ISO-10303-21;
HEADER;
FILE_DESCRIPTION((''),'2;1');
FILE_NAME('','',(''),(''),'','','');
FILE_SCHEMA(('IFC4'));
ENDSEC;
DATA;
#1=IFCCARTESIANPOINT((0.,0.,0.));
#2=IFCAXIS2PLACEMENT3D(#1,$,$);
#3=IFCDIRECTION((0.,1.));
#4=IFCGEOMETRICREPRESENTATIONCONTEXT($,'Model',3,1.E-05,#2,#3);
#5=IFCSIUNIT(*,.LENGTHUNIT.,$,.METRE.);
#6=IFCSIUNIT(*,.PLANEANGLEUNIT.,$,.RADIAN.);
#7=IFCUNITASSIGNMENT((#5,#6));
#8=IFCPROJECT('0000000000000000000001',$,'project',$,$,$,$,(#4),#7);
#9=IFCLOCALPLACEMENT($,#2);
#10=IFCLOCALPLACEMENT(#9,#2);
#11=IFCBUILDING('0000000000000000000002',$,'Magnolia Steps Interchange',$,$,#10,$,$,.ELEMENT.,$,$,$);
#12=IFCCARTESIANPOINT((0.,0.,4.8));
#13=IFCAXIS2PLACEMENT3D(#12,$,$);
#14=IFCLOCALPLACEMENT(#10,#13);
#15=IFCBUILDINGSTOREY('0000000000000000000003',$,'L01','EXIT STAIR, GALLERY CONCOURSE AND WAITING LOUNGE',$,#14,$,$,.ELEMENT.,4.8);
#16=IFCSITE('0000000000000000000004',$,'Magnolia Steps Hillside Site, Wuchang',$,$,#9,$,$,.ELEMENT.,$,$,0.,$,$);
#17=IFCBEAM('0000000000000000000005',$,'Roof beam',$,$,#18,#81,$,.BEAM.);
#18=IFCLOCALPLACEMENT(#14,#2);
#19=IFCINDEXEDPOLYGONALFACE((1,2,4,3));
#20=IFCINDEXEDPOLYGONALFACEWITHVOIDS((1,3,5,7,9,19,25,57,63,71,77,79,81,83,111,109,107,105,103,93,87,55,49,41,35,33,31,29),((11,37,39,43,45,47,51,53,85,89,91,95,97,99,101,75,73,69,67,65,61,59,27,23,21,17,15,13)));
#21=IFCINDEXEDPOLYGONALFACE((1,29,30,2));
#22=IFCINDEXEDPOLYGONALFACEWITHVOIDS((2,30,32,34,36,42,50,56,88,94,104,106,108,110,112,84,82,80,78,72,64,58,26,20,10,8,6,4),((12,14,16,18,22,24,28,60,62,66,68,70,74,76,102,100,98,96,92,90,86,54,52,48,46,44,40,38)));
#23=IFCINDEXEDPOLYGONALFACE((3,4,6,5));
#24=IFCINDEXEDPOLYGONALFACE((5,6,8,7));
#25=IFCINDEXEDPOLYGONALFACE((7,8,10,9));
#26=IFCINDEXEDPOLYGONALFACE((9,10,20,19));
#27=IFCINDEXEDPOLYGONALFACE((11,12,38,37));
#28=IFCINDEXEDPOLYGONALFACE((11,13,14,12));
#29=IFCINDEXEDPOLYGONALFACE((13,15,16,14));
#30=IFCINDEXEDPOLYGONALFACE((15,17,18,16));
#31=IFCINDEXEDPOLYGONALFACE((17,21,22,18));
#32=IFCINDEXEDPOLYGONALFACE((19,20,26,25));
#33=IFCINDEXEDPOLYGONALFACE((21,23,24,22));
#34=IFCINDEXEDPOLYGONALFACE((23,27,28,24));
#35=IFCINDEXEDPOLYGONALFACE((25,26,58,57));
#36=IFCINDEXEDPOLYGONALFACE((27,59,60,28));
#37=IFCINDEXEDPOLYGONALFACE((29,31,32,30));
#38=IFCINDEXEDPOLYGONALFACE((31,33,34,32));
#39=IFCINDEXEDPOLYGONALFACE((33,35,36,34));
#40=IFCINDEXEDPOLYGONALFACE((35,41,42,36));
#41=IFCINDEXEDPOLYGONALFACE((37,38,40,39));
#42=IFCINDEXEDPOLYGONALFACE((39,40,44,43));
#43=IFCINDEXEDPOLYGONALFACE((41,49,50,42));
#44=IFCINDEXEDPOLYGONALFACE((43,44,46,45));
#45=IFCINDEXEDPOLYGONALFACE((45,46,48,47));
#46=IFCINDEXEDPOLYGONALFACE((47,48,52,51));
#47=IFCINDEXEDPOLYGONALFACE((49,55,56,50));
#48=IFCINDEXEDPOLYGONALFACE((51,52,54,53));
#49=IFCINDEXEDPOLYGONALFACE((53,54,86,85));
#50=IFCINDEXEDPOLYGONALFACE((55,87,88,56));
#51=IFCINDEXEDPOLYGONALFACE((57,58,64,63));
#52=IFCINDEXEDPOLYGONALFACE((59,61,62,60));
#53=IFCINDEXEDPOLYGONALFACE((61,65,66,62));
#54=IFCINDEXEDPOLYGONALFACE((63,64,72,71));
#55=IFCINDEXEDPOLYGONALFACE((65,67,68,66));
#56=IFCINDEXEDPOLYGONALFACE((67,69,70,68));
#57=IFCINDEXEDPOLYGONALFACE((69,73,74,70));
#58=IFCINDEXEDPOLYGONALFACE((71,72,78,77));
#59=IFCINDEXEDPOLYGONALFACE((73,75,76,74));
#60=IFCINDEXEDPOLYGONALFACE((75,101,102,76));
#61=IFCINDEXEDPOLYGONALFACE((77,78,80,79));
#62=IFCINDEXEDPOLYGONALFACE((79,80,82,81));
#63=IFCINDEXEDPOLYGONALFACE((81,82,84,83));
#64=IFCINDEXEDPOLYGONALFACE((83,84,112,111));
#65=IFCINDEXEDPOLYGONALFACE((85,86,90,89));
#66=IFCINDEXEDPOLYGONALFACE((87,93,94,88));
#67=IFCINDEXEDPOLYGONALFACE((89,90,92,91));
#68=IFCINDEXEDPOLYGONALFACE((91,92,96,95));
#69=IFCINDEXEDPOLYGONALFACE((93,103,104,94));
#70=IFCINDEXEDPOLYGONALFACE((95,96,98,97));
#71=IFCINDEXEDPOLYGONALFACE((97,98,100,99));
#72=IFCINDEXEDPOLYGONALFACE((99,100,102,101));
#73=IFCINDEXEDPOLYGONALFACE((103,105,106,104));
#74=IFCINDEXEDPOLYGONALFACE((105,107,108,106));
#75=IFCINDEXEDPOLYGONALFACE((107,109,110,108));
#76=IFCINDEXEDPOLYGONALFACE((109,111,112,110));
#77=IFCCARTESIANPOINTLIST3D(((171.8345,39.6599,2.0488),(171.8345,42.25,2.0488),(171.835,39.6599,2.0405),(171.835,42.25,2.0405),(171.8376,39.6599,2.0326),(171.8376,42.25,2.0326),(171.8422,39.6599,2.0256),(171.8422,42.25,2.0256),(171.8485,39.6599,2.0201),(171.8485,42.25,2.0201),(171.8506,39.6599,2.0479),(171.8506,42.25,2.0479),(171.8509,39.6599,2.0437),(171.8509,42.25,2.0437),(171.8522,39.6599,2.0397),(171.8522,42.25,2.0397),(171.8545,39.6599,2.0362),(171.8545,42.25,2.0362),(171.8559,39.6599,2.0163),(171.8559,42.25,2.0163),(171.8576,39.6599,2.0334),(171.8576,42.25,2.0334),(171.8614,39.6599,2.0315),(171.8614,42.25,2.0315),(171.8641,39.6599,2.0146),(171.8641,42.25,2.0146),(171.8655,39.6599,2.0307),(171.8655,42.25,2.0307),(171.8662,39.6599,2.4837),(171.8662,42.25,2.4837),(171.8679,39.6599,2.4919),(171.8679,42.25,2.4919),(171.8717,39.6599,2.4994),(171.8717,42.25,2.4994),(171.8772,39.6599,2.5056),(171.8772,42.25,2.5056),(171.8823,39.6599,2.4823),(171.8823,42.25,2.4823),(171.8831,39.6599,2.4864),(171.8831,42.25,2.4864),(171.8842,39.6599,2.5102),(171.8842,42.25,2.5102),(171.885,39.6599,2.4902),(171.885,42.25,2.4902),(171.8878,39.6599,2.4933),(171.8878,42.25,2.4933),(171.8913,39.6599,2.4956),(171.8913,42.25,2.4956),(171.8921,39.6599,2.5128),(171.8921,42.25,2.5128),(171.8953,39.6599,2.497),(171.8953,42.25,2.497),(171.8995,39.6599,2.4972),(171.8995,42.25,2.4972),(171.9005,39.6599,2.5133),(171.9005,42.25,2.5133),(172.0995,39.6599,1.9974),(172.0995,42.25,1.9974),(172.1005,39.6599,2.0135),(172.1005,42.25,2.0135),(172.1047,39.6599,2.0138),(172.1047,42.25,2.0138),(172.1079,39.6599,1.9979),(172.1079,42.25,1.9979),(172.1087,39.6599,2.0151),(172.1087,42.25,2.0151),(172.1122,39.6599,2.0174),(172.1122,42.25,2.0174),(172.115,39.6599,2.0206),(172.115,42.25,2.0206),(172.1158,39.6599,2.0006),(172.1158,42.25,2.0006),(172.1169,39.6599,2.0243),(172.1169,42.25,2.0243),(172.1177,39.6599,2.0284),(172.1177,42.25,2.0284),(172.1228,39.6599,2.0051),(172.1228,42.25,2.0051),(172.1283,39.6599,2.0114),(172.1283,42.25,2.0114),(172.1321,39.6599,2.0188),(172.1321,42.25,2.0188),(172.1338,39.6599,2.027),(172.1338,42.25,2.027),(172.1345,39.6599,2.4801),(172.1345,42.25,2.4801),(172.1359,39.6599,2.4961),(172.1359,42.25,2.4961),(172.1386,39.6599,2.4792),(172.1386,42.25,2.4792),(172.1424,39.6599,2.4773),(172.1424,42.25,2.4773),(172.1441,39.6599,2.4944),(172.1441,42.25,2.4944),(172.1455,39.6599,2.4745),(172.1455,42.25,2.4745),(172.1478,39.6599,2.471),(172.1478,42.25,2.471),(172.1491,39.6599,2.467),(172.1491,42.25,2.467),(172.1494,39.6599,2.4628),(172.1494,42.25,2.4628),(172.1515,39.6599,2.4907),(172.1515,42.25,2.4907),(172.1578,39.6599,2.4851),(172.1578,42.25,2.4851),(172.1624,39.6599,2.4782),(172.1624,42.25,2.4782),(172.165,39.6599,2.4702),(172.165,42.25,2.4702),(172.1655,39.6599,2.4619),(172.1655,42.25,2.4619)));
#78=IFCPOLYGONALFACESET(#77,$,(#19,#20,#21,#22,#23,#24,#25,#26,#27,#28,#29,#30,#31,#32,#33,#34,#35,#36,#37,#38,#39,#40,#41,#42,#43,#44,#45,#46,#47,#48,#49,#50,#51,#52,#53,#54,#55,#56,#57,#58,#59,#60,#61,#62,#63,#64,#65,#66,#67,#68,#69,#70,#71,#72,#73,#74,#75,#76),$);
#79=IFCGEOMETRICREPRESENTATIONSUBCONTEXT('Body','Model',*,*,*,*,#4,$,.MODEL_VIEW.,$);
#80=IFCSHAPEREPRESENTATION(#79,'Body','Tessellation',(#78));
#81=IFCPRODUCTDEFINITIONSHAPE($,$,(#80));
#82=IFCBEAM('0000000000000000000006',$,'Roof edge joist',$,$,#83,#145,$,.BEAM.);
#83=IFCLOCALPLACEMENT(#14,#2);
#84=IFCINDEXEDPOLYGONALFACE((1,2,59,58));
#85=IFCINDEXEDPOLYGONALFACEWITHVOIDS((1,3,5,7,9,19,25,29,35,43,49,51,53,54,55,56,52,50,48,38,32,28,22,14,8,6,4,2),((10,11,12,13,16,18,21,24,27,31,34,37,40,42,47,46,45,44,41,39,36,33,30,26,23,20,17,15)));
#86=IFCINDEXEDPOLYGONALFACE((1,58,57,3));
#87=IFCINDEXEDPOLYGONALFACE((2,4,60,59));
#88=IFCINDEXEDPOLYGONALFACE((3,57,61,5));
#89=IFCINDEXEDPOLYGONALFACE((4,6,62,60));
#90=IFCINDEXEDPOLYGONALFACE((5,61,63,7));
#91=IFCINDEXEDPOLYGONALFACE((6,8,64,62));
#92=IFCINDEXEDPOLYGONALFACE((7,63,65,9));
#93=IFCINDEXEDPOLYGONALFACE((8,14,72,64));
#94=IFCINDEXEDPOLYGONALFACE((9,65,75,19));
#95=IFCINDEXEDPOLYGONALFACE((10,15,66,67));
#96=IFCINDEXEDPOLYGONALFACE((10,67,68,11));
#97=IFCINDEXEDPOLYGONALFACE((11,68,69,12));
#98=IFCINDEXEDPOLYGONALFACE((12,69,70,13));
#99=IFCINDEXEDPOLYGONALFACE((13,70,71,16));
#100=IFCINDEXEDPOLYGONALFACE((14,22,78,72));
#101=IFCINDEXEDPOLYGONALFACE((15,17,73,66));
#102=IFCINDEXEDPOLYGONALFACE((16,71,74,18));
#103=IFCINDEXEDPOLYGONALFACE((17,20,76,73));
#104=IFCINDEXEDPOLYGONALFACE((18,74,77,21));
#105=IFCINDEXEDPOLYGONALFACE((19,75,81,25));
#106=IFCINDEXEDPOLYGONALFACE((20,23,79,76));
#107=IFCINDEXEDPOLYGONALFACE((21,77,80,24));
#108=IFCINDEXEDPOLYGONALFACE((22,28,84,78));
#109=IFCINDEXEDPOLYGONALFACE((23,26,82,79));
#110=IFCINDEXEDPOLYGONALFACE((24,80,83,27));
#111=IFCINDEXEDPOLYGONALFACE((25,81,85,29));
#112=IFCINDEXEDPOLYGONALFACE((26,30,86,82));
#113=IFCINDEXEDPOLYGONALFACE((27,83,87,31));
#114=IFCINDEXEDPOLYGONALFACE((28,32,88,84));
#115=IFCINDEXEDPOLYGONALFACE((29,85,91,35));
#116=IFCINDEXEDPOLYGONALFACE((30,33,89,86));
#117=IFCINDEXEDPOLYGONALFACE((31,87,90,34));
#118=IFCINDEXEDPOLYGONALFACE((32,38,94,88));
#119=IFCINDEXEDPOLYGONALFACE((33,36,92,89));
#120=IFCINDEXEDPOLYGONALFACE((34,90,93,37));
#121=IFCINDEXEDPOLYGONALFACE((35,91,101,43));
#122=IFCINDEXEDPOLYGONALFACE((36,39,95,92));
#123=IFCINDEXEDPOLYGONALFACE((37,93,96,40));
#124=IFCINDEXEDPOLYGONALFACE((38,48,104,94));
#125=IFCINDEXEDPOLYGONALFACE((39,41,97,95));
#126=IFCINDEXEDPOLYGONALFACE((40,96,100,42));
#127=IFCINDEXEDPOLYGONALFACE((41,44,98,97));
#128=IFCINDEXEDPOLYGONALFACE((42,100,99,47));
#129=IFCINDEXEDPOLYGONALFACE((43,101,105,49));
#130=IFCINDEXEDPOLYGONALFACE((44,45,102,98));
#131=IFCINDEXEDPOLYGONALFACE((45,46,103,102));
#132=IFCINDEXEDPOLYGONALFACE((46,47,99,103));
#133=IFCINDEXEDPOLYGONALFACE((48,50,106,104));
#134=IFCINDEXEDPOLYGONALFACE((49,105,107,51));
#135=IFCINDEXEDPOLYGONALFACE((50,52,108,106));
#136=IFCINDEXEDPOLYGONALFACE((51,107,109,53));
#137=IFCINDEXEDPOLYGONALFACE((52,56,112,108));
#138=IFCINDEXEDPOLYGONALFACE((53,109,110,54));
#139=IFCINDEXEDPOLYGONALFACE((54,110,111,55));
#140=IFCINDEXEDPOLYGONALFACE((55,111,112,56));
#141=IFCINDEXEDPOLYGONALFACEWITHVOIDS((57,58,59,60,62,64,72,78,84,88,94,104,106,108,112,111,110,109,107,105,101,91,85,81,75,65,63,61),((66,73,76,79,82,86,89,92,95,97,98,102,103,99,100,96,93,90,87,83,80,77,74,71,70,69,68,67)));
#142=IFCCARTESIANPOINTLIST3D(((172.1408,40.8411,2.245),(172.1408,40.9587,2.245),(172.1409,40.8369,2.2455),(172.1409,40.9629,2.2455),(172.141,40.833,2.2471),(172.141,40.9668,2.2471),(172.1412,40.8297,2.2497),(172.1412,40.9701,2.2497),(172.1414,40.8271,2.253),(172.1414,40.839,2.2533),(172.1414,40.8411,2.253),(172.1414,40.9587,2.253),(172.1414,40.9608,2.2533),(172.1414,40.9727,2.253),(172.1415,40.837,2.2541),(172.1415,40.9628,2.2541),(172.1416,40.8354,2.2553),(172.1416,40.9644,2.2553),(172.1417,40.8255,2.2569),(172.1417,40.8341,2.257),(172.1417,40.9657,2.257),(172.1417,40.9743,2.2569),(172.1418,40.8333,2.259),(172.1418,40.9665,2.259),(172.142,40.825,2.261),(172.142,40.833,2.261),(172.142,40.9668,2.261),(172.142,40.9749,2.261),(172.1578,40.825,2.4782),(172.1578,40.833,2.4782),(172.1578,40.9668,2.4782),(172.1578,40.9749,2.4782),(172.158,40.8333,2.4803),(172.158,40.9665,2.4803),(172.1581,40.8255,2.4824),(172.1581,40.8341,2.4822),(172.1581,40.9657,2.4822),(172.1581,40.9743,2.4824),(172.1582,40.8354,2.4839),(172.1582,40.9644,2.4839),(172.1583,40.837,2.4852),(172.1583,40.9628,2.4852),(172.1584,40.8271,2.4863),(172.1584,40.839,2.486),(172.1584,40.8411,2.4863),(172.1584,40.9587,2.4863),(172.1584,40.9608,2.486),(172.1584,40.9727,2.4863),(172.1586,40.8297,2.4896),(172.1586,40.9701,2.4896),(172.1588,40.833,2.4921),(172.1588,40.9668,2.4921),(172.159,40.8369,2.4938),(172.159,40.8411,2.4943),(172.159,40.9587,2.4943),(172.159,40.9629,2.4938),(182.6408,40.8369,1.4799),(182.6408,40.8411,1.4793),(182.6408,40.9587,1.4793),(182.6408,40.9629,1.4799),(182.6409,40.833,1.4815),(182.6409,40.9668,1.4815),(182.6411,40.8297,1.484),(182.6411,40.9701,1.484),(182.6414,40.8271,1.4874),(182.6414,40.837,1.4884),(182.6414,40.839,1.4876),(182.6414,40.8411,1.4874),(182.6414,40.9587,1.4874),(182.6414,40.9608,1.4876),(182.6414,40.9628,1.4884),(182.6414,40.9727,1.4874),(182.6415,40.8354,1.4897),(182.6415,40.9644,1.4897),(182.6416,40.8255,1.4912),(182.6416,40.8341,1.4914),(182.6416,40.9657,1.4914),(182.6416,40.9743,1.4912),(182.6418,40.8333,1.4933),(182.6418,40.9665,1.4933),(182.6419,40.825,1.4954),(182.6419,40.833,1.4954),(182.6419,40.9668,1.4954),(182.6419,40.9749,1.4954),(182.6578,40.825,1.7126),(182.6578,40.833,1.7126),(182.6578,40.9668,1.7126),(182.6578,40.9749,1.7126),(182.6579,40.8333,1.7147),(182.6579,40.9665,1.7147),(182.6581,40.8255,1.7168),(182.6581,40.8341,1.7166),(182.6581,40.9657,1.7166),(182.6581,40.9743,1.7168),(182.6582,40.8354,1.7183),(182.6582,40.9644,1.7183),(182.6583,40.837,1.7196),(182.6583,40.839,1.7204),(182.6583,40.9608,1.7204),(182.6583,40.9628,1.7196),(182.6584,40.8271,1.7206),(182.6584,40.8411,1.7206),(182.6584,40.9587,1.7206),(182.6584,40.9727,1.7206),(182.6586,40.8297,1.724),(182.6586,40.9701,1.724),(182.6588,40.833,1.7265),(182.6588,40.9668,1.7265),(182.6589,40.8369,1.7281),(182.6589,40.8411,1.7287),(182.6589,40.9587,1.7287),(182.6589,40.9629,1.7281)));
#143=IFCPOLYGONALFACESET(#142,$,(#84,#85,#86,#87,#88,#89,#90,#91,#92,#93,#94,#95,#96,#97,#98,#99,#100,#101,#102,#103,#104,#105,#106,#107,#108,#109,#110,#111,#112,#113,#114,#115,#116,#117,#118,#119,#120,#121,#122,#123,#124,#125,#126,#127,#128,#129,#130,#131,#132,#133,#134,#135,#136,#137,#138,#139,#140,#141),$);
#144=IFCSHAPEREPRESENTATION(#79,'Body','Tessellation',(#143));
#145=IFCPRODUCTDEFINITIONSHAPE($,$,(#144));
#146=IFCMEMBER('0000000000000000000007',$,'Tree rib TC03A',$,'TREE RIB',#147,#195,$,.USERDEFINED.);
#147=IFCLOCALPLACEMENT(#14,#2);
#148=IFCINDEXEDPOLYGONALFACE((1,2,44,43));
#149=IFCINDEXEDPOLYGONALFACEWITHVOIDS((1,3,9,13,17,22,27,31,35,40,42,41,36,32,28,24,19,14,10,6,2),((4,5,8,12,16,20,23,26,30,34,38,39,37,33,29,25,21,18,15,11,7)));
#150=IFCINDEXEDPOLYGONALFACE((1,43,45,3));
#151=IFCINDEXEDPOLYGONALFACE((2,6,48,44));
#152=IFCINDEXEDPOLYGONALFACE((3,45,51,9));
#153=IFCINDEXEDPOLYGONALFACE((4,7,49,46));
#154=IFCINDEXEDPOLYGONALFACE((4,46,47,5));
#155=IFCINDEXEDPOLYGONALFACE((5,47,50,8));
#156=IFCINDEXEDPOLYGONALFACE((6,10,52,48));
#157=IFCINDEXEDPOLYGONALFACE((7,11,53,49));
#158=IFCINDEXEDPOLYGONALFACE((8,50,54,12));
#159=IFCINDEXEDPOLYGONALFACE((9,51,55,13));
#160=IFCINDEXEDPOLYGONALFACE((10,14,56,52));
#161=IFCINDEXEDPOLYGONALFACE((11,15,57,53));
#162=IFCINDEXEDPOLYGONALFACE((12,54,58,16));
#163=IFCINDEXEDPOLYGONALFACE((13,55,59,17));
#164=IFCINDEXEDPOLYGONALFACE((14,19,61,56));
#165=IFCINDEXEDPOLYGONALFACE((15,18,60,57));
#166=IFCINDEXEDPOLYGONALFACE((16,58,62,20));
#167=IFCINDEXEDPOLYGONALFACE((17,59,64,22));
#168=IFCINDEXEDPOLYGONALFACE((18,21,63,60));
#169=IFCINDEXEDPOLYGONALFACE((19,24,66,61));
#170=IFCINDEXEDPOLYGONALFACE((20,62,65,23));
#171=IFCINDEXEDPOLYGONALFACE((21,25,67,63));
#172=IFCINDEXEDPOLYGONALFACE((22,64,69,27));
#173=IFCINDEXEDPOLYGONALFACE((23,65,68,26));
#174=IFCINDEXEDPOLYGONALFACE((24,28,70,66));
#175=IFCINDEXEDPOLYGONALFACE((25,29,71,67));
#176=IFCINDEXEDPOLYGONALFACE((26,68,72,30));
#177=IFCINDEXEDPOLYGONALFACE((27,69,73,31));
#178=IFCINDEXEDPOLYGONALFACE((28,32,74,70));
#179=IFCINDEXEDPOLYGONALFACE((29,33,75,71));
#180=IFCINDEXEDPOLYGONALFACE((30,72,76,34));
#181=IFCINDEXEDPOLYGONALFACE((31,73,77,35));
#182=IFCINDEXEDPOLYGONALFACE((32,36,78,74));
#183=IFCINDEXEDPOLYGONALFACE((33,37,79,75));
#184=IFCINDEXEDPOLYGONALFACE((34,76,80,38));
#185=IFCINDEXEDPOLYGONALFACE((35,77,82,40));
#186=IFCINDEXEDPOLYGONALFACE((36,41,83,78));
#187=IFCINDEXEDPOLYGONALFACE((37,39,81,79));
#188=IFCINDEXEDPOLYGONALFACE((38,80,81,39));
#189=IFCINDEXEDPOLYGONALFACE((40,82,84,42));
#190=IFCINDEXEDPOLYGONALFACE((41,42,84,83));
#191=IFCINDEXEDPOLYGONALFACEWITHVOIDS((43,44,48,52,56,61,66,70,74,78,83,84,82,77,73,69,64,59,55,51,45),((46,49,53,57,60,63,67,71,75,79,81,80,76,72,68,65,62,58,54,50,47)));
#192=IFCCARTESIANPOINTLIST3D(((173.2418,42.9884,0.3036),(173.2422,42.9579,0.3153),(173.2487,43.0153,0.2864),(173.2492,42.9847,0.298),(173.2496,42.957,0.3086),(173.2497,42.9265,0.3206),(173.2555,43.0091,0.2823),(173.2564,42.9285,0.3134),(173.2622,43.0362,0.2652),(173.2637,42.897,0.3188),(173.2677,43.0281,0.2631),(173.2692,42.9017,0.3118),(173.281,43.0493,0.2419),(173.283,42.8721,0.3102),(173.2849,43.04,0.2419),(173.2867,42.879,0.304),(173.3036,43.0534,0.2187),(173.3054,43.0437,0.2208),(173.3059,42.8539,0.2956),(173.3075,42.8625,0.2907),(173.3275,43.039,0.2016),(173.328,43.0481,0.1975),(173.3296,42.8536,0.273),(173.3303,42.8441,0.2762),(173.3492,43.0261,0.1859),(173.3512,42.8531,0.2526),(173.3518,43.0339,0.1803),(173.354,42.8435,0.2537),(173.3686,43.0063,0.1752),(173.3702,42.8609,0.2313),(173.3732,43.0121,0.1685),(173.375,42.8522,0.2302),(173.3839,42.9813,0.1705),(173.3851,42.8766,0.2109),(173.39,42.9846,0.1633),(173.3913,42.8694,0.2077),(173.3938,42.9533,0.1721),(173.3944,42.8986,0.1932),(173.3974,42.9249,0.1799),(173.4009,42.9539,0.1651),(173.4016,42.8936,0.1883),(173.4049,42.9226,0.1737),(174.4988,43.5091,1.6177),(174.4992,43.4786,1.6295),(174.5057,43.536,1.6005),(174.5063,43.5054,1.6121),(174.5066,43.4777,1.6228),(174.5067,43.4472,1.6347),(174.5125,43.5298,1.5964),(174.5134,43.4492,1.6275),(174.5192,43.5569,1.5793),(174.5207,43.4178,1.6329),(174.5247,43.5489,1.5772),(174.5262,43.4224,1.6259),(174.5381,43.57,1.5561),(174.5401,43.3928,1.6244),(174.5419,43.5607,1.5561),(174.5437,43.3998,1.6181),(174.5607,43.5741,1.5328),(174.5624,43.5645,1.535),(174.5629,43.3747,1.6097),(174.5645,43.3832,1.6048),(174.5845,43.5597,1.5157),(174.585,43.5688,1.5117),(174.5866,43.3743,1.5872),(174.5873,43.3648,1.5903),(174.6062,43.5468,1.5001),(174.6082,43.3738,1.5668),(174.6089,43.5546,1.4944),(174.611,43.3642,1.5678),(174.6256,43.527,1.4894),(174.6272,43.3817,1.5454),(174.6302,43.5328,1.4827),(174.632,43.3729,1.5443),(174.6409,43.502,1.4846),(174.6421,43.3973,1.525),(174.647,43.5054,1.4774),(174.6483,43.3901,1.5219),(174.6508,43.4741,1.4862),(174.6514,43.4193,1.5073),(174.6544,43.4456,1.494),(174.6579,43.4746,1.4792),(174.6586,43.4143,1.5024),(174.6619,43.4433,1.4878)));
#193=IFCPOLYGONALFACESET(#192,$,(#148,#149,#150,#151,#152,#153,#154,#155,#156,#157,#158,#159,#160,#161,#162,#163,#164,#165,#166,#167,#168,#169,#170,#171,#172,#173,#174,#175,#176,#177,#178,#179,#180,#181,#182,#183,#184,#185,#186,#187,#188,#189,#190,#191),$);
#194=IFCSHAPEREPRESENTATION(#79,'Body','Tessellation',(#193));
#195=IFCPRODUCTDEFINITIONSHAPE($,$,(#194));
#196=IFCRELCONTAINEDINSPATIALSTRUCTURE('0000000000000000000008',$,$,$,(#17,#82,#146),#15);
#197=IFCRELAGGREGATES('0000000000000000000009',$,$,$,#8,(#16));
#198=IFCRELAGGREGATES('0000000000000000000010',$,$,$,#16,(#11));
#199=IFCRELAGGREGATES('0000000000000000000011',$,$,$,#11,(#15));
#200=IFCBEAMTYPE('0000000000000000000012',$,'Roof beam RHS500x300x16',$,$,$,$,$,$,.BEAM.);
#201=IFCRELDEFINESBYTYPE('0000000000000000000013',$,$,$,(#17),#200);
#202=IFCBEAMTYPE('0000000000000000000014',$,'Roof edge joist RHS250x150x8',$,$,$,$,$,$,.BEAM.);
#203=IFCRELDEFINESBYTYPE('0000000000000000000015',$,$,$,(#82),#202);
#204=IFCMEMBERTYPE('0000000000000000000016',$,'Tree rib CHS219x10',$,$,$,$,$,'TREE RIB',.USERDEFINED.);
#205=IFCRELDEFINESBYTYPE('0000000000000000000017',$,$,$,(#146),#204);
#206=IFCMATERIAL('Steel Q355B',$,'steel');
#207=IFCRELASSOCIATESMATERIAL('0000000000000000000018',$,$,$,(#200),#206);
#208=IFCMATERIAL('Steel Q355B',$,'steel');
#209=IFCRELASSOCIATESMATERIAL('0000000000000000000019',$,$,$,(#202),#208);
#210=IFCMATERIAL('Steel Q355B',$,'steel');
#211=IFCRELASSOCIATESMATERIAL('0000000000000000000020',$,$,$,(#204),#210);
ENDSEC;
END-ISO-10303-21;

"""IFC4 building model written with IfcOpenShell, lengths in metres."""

from ifc_helpers import new_model, si_unit, direction, frame, origin, origin_2d, place, context, subcontext, project, spatial, hollow_rectangle, hollow_circle, extrude, material, material_profile, profile_set, type_object, element, save


model = new_model("IFC4")

# Units and contexts
model_context = context("Model", 3, precision=1e-05, world=origin(), true_north=direction((0.0, 1.0)))
body_context = subcontext(model_context, "Body", "Model", "MODEL_VIEW")
ifc_project = project(units=[si_unit("LENGTHUNIT", "METRE"), si_unit("PLANEANGLEUNIT", "RADIAN")], contexts=[model_context])

# Site, building, storey
site_placement = place(None, origin())
site = spatial("IfcSite", under=ifc_project, at=site_placement, Name="Magnolia Steps Hillside Site, Wuchang", CompositionType="ELEMENT", RefElevation=0.0)
building_placement = place(site_placement, origin())
building = spatial("IfcBuilding", under=site, at=building_placement, Name="Magnolia Steps Interchange", CompositionType="ELEMENT")
storey_placement = place(building_placement, frame((0.0, 0.0, 4.8)))
storey = spatial("IfcBuildingStorey", under=building, at=storey_placement, Name="L01", Description="EXIT STAIR, GALLERY CONCOURSE AND WAITING LOUNGE", CompositionType="ELEMENT", Elevation=4.8)

# Beams
ifc_material_1 = material(Name="Steel Q355B", Category="steel")
ifc_material_profile_1 = material_profile(ifc_material_1, hollow_rectangle(XDim=0.3, YDim=0.5, WallThickness=0.0161, InnerFilletRadius=0.0161, OuterFilletRadius=0.032, at=origin_2d()), Name="RHS500x300x16")
ifc_profile_set_1 = profile_set([ifc_material_profile_1], Name="Steel Q355B")
beam_type_1 = type_object("IfcBeamType", Name="Roof beam RHS500x300x16", PredefinedType="BEAM", material=ifc_profile_set_1)
beam_1_placement = place(storey_placement, frame((172.0, 42.25, 2.2554), z_axis=(0.0, -1.0, 0.0), x_axis=(0.997352, 0.0, -0.072724)))
element("IfcBeam", 1, at=beam_1_placement, inside=storey, type_object=beam_type_1, Name="Roof beam", PredefinedType="BEAM", context=body_context, shape_type="SweptSolid", body=[
    extrude(hollow_rectangle(XDim=0.3, YDim=0.5, WallThickness=0.0161, InnerFilletRadius=0.0161, OuterFilletRadius=0.032, at=origin_2d()), origin(), (0.0, 0.0, 1.0), 2.5901),
])
ifc_material_2 = material(Name="Steel Q355B", Category="steel")
ifc_material_profile_2 = material_profile(ifc_material_2, hollow_rectangle(XDim=0.1499, YDim=0.25, WallThickness=0.0081, InnerFilletRadius=0.0081, OuterFilletRadius=0.0161, at=origin_2d()), Name="RHS250x150x8")
ifc_profile_set_2 = profile_set([ifc_material_profile_2], Name="Steel Q355B")
beam_type_2 = type_object("IfcBeamType", Name="Roof edge joist RHS250x150x8", PredefinedType="BEAM", material=ifc_profile_set_2)
beam_2_placement = place(storey_placement, frame((172.1499, 40.8999, 2.3696), z_axis=(0.997352, 0.0, -0.072724), x_axis=(0.0, 1.0, 0.0)))
element("IfcBeam", 2, at=beam_2_placement, inside=storey, type_object=beam_type_2, Name="Roof edge joist", PredefinedType="BEAM", context=body_context, shape_type="SweptSolid", body=[
    extrude(hollow_rectangle(XDim=0.1499, YDim=0.25, WallThickness=0.0081, InnerFilletRadius=0.0081, OuterFilletRadius=0.0161, at=origin_2d()), origin(), (0.0, 0.0, 1.0), 10.5278),
])

# Member
ifc_material_3 = material(Name="Steel Q355B", Category="steel")
ifc_material_profile_3 = material_profile(ifc_material_3, hollow_circle(Radius=0.1096, WallThickness=0.01, at=origin_2d()), Name="CHS219x10")
ifc_profile_set_3 = profile_set([ifc_material_profile_3], Name="Steel Q355B")
member_type = type_object("IfcMemberType", Name="Tree rib CHS219x10", ElementType="TREE RIB", PredefinedType="USERDEFINED", material=ifc_profile_set_3)
for number, where, z_axis, x_axis, name in (
    (3, (173.323, 42.948, 0.2419), (0.664519, 0.275281, 0.694719), (-0.382716, 0.923866, 0.0), "Tree rib TC03A"),
):
    element("IfcMember", number, at=place(storey_placement, frame(where, z_axis=z_axis, x_axis=x_axis)), inside=storey, type_object=member_type, Name=name, ObjectType="TREE RIB", PredefinedType="USERDEFINED", context=body_context, shape_type="SweptSolid", body=[
        extrude(hollow_circle(Radius=0.1096, WallThickness=0.01, at=origin_2d()), origin(), (0.0, 0.0, 1.0), 1.8916),
    ])

save(model, "model.ifc")
